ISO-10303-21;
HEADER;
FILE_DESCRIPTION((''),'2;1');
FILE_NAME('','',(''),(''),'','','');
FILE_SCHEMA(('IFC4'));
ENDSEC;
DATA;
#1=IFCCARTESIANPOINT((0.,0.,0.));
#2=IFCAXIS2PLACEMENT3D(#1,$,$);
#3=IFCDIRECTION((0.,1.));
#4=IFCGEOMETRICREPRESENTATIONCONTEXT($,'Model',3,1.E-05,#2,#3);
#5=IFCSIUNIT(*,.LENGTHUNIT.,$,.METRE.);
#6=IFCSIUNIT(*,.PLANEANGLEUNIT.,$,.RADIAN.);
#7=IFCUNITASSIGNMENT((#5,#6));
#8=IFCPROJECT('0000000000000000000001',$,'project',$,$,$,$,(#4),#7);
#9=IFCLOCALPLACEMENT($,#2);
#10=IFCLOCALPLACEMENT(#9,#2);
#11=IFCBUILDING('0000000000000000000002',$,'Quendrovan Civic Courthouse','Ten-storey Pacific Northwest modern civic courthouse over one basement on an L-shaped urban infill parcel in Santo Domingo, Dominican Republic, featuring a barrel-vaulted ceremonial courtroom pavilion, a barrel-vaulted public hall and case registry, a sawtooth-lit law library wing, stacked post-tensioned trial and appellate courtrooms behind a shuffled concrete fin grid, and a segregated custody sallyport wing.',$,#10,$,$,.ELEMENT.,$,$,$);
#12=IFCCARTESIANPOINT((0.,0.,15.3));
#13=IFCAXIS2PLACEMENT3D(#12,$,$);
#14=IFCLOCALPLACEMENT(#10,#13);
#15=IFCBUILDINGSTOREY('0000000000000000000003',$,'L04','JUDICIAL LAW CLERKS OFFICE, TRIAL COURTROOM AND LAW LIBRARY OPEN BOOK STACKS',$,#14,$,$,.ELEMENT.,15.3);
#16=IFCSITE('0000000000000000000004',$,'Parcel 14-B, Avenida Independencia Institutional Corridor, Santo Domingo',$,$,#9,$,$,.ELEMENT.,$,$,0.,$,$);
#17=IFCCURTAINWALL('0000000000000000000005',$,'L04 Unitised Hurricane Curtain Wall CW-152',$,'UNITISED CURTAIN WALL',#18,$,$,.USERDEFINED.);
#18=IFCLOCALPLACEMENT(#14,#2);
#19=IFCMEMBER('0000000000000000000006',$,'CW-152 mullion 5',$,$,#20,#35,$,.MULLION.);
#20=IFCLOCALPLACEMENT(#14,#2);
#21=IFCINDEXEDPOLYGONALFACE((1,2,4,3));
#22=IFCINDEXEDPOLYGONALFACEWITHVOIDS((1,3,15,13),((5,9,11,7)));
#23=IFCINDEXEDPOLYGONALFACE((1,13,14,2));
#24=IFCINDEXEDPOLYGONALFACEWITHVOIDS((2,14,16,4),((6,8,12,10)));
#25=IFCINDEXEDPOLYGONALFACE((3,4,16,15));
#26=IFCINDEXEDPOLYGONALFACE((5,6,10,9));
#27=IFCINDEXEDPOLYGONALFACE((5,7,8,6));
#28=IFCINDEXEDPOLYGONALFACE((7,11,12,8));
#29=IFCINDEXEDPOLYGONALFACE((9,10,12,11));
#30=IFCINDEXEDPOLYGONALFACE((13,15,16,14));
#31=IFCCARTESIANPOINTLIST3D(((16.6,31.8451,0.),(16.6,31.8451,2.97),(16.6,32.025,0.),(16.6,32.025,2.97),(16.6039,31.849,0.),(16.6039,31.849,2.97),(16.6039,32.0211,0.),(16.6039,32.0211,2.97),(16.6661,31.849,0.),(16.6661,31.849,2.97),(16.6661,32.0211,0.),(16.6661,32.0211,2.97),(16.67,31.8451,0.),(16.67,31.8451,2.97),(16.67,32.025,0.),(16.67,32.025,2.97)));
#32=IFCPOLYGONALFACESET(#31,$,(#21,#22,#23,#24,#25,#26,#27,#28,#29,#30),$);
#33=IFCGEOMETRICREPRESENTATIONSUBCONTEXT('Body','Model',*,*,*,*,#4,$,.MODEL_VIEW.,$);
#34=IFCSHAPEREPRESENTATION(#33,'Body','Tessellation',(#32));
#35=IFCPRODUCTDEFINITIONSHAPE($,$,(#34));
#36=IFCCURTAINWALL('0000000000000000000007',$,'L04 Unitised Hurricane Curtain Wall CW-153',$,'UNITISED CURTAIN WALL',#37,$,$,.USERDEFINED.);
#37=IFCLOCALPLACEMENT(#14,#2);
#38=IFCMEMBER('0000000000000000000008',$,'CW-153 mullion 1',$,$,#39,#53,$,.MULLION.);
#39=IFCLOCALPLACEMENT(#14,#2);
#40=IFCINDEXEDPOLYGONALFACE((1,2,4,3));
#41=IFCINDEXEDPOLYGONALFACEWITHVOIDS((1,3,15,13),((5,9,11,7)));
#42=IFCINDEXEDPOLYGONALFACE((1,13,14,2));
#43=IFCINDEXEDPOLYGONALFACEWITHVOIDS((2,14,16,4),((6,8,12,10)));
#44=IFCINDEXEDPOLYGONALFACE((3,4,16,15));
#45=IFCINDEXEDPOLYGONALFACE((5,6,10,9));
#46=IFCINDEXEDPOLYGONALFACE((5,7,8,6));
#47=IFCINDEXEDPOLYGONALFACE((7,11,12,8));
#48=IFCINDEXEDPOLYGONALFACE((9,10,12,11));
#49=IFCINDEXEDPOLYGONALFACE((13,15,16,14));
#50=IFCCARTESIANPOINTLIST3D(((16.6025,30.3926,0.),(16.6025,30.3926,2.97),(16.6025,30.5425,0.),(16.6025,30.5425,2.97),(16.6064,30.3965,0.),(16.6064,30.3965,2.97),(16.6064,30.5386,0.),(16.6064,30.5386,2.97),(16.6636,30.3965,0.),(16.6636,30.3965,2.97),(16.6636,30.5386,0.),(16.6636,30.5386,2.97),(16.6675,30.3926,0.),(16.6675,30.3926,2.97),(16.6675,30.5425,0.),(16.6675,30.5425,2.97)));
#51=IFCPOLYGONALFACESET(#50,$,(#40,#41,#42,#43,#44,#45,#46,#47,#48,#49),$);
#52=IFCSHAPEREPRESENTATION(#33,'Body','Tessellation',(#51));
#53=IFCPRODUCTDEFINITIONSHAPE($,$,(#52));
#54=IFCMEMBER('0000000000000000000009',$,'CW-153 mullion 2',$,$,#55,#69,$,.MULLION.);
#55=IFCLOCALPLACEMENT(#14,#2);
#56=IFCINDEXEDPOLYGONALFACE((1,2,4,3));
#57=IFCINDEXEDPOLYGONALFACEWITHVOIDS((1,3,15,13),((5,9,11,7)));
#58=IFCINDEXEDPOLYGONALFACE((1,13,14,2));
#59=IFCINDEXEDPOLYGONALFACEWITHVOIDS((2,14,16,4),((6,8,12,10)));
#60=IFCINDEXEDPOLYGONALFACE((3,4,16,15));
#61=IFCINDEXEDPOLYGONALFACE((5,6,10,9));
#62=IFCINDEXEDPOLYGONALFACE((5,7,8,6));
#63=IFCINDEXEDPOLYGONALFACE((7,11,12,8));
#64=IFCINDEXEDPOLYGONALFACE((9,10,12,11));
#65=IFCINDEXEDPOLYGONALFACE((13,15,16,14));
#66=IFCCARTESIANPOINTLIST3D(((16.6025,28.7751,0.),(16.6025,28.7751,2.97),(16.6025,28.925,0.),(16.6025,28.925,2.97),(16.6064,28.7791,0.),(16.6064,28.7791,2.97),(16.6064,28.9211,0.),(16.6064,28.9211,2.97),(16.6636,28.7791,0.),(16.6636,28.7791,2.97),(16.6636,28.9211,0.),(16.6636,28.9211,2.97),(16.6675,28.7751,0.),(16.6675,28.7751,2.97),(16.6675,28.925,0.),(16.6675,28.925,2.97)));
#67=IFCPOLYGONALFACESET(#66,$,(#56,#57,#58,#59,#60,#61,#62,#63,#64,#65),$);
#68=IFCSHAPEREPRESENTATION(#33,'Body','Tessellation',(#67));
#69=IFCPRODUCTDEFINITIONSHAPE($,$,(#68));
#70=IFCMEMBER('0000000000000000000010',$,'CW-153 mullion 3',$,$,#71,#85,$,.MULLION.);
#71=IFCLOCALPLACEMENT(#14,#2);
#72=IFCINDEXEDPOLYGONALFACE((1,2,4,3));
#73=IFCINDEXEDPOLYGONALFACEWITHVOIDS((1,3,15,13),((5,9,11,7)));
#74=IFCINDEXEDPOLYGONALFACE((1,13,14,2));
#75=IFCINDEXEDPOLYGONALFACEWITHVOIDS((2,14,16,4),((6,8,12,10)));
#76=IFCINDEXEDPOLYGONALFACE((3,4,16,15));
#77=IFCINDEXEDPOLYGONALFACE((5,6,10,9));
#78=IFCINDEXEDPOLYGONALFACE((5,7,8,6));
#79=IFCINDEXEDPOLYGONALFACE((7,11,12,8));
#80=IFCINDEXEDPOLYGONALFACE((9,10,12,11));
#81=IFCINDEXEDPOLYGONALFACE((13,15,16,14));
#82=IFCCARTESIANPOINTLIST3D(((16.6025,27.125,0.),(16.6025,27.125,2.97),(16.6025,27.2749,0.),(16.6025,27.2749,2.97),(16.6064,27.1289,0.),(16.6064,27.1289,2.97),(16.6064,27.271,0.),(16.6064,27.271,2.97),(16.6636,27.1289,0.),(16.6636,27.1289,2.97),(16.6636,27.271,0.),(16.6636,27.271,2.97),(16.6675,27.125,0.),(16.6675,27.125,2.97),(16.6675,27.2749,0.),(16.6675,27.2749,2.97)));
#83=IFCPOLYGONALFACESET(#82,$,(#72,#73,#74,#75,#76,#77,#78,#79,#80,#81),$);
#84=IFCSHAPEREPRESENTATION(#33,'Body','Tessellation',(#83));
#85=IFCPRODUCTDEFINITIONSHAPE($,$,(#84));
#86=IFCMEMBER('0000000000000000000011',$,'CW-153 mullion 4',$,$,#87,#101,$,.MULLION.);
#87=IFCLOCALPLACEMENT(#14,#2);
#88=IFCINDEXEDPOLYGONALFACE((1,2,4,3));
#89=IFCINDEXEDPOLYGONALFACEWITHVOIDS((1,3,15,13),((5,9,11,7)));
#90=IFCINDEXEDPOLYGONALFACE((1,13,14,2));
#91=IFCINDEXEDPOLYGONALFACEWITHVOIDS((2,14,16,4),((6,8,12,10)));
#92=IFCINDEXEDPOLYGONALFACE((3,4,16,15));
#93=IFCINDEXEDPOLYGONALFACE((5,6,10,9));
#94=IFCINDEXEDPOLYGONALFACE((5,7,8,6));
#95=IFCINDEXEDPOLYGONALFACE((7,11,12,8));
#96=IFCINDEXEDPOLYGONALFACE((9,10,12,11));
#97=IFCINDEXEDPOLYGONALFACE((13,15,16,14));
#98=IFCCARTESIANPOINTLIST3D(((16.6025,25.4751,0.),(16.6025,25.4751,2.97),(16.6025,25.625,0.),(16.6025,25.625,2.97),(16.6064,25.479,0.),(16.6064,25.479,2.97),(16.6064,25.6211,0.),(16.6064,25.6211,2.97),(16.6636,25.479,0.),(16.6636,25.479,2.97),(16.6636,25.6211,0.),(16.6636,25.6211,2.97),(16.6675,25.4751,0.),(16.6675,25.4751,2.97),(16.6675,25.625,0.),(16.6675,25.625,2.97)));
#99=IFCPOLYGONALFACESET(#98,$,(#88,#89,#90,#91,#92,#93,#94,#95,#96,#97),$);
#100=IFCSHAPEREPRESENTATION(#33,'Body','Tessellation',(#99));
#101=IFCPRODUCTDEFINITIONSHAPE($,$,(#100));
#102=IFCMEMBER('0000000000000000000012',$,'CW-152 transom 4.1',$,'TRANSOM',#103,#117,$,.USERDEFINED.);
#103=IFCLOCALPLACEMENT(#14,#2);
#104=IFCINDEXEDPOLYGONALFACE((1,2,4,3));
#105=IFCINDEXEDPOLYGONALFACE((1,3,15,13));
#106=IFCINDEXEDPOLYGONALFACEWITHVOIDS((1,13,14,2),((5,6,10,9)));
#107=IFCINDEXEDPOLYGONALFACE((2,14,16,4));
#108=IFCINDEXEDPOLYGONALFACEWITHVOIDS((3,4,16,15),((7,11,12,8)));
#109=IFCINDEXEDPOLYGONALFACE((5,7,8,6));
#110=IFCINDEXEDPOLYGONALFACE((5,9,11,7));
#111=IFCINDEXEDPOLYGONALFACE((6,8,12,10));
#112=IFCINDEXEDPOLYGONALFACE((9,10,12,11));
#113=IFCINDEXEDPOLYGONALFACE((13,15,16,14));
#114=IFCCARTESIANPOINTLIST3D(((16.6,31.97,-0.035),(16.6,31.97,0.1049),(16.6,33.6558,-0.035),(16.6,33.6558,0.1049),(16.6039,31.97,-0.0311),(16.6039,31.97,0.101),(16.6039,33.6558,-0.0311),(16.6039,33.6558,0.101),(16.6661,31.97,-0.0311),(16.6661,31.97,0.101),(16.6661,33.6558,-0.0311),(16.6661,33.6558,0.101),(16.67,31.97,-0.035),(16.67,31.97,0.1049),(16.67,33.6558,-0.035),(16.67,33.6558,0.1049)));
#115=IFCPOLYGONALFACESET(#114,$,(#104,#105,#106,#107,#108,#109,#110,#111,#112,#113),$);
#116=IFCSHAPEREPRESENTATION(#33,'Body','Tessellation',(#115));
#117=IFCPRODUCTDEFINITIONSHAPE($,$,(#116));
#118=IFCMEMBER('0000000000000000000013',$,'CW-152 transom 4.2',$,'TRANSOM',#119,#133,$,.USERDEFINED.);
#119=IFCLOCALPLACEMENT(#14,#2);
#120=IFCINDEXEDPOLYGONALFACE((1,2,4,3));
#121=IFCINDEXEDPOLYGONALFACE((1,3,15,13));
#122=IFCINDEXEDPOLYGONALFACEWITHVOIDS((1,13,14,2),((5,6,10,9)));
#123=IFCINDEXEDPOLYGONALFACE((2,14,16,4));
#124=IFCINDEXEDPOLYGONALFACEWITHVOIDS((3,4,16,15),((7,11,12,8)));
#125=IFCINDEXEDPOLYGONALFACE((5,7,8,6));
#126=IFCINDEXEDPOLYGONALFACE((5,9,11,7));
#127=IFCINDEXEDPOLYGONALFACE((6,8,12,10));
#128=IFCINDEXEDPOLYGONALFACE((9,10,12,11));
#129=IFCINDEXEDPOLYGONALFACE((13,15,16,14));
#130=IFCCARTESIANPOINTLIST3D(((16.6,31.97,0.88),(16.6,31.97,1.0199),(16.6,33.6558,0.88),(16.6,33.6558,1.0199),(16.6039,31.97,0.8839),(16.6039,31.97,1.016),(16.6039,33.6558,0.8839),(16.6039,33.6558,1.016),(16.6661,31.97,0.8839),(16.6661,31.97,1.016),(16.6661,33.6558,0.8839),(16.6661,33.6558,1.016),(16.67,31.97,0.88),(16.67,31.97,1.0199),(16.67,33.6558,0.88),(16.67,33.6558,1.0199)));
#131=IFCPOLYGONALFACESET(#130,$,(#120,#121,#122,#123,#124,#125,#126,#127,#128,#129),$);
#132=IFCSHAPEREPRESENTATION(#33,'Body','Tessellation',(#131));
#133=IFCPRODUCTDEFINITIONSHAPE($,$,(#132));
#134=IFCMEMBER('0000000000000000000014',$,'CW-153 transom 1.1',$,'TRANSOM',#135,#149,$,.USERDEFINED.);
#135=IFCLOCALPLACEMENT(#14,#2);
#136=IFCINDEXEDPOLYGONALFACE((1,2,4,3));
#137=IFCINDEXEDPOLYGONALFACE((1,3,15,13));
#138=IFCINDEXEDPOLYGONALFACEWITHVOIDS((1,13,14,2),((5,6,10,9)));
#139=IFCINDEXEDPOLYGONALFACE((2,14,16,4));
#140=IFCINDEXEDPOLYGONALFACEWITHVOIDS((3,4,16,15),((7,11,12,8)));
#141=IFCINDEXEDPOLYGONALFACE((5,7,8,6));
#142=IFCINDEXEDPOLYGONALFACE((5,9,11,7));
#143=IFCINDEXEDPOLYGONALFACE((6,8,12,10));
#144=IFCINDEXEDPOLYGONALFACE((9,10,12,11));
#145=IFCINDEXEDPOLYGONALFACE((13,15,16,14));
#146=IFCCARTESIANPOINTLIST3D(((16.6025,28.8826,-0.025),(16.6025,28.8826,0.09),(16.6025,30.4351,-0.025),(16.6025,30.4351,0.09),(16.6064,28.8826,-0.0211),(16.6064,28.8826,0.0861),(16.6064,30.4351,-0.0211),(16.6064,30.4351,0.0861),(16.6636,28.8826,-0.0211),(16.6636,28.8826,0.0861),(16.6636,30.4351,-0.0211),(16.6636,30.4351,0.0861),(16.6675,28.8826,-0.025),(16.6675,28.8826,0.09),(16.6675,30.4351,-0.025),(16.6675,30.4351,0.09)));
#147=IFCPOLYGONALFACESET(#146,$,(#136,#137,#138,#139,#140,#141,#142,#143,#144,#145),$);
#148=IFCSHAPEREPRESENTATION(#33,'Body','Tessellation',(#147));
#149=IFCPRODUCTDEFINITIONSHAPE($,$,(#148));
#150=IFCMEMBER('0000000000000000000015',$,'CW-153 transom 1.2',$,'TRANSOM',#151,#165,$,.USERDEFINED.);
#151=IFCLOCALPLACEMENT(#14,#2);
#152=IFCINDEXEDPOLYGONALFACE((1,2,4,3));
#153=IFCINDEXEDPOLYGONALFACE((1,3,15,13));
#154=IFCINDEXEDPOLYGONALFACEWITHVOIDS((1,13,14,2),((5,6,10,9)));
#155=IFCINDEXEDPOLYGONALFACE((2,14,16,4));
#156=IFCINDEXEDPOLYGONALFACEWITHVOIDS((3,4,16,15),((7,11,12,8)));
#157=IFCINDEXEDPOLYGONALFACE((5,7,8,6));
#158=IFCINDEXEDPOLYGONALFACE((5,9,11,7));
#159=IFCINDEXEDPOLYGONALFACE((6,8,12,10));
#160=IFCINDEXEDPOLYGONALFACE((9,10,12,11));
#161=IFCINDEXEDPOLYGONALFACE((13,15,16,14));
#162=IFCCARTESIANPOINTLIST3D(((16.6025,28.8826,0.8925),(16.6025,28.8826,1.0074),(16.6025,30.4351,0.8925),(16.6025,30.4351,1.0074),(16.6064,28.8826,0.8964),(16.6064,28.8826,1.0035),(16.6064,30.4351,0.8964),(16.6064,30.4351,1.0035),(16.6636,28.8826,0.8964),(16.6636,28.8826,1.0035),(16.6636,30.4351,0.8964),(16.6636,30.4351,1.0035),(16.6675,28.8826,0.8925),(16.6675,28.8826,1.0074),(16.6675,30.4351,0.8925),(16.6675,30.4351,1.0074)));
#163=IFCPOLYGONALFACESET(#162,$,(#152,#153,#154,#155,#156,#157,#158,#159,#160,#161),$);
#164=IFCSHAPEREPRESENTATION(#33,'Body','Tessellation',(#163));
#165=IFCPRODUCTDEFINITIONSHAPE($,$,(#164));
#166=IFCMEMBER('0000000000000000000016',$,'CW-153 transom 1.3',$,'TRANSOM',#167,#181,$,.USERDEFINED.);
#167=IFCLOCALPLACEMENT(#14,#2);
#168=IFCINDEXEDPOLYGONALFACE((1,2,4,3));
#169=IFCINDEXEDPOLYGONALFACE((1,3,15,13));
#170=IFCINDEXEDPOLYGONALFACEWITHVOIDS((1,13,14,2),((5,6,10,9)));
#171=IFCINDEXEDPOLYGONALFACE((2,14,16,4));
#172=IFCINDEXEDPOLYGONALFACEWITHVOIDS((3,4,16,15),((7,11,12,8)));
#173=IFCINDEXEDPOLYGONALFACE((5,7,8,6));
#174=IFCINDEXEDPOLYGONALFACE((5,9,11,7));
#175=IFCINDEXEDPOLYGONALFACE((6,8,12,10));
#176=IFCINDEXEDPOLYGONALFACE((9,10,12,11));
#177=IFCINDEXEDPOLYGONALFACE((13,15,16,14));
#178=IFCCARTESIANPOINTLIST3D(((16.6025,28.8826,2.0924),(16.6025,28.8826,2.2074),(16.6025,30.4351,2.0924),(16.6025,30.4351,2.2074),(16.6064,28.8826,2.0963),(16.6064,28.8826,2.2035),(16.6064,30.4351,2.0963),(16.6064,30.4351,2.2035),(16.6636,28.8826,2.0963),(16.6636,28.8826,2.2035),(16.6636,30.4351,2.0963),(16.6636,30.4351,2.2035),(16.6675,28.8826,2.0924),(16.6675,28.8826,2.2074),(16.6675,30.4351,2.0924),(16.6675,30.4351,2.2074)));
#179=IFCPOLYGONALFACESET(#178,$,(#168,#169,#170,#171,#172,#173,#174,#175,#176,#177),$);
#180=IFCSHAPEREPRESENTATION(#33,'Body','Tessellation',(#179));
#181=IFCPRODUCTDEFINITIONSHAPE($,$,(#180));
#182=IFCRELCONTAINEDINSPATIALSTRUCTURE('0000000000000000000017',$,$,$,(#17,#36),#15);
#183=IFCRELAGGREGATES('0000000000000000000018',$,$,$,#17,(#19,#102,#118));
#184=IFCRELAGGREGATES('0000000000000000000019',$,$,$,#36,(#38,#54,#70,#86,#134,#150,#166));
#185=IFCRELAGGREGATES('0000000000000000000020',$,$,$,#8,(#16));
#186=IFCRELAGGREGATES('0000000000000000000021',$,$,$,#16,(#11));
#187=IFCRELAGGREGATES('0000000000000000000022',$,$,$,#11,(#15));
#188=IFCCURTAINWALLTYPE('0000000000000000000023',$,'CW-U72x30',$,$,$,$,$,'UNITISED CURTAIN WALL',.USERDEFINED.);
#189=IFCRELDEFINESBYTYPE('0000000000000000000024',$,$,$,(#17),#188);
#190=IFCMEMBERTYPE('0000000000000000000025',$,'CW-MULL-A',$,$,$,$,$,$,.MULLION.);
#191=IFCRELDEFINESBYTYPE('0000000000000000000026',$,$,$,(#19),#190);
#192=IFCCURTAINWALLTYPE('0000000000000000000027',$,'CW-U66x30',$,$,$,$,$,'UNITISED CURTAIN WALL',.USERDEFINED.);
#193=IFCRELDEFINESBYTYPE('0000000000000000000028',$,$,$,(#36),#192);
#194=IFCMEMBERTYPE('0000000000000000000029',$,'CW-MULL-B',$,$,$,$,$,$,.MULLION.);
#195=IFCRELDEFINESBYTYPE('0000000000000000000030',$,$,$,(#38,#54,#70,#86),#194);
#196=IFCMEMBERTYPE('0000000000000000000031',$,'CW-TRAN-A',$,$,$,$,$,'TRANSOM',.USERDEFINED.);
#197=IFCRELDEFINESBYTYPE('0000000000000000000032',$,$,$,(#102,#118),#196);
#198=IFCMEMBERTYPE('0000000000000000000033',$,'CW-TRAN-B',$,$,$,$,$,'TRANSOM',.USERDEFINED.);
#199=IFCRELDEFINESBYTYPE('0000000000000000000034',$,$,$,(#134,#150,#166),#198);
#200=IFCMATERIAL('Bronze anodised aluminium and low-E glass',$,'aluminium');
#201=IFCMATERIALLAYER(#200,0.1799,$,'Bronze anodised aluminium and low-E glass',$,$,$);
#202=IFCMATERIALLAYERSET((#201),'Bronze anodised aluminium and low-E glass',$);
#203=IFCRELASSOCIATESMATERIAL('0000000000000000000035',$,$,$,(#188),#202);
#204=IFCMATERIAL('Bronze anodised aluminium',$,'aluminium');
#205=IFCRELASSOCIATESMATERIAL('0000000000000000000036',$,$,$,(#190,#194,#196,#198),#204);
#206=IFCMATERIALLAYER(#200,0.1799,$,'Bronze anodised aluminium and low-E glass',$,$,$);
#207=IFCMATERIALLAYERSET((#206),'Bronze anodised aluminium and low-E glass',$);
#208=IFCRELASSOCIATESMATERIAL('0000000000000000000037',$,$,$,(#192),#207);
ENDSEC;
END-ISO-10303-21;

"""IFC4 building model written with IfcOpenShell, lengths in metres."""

from ifc_helpers import new_model, si_unit, direction, frame, origin, origin_2d, place, context, subcontext, project, spatial, hollow_rectangle, extrude, material, layer, layer_set, material_profile, profile_set, type_object, element, aggregate, save


model = new_model("IFC4")

# Units and contexts
model_context = context("Model", 3, precision=1e-05, world=origin(), true_north=direction((0.0, 1.0)))
body_context = subcontext(model_context, "Body", "Model", "MODEL_VIEW")
ifc_project = project(units=[si_unit("LENGTHUNIT", "METRE"), si_unit("PLANEANGLEUNIT", "RADIAN")], contexts=[model_context])

# Site, building, storey
site_placement = place(None, origin())
site = spatial("IfcSite", under=ifc_project, at=site_placement, Name="Parcel 14-B, Avenida Independencia Institutional Corridor, Santo Domingo", CompositionType="ELEMENT", RefElevation=0.0)
building_placement = place(site_placement, origin())
building = spatial("IfcBuilding", under=site, at=building_placement, Name="Quendrovan Civic Courthouse", Description="Ten-storey Pacific Northwest modern civic courthouse over one basement on an L-shaped urban infill parcel in Santo Domingo, Dominican Republic, featuring a barrel-vaulted ceremonial courtroom pavilion, a barrel-vaulted public hall and case registry, a sawtooth-lit law library wing, stacked post-tensioned trial and appellate courtrooms behind a shuffled concrete fin grid, and a segregated custody sallyport wing.", CompositionType="ELEMENT")
storey_placement = place(building_placement, frame((0.0, 0.0, 15.3)))
storey = spatial("IfcBuildingStorey", under=building, at=storey_placement, Name="L04", Description="JUDICIAL LAW CLERKS OFFICE, TRIAL COURTROOM AND LAW LIBRARY OPEN BOOK STACKS", CompositionType="ELEMENT", Elevation=15.3)

# Curtain wall, member
ifc_material_1 = material(Name="Bronze anodised aluminium and low-E glass", Category="aluminium")
ifc_layer_1 = layer(ifc_material_1, 0.1799, Name="Bronze anodised aluminium and low-E glass")
ifc_layer_set_1 = layer_set([ifc_layer_1], Name="Bronze anodised aluminium and low-E glass")
curtain_wall_type_1 = type_object("IfcCurtainWallType", Name="CW-U72x30", ElementType="UNITISED CURTAIN WALL", PredefinedType="USERDEFINED", material=ifc_layer_set_1)
curtain_wall_1_placement = place(storey_placement, origin())
curtain_wall_1 = element("IfcCurtainWall", 1, at=curtain_wall_1_placement, inside=storey, type_object=curtain_wall_type_1, Name="L04 Unitised Hurricane Curtain Wall CW-152", ObjectType="UNITISED CURTAIN WALL", PredefinedType="USERDEFINED")
ifc_material_2 = material(Name="Bronze anodised aluminium", Category="aluminium")
ifc_material_profile_1 = material_profile(ifc_material_2, hollow_rectangle(XDim=0.0701, YDim=0.1799, WallThickness=0.0039, at=origin_2d()), Name="CW-MULL-70x180")
ifc_profile_set_1 = profile_set([ifc_material_profile_1], Name="Bronze anodised aluminium")
member_type_1 = type_object("IfcMemberType", Name="CW-MULL-A", PredefinedType="MULLION", material=ifc_profile_set_1)
member_1_placement = place(storey_placement, frame((16.635, 31.9351, 0.0), z_axis=(0.0, 0.0, 1.0), x_axis=(1.0, 0.0, 0.0)))
member_1 = element("IfcMember", 2, at=member_1_placement, type_object=member_type_1, Name="CW-152 mullion 5", PredefinedType="MULLION", context=body_context, shape_type="SweptSolid", body=[
    extrude(hollow_rectangle(XDim=0.0701, YDim=0.1799, WallThickness=0.0039, at=origin_2d()), origin(), (0.0, 0.0, 1.0), 2.97),
])

# Curtain wall, members
ifc_layer_2 = layer(ifc_material_1, 0.1799, Name="Bronze anodised aluminium and low-E glass")
ifc_layer_set_2 = layer_set([ifc_layer_2], Name="Bronze anodised aluminium and low-E glass")
curtain_wall_type_2 = type_object("IfcCurtainWallType", Name="CW-U66x30", ElementType="UNITISED CURTAIN WALL", PredefinedType="USERDEFINED", material=ifc_layer_set_2)
curtain_wall_2_placement = place(storey_placement, origin())
curtain_wall_2 = element("IfcCurtainWall", 3, at=curtain_wall_2_placement, inside=storey, type_object=curtain_wall_type_2, Name="L04 Unitised Hurricane Curtain Wall CW-153", ObjectType="UNITISED CURTAIN WALL", PredefinedType="USERDEFINED")
ifc_material_profile_2 = material_profile(ifc_material_2, hollow_rectangle(XDim=0.0649, YDim=0.1499, WallThickness=0.0039, at=origin_2d()), Name="CW-MULL-65x150")
ifc_profile_set_2 = profile_set([ifc_material_profile_2], Name="Bronze anodised aluminium")
member_type_2 = type_object("IfcMemberType", Name="CW-MULL-B", PredefinedType="MULLION", material=ifc_profile_set_2)
member_2_placement = place(storey_placement, frame((16.635, 30.4675, 0.0), z_axis=(0.0, 0.0, 1.0), x_axis=(1.0, 0.0, 0.0)))
member_2 = element("IfcMember", 4, at=member_2_placement, type_object=member_type_2, Name="CW-153 mullion 1", PredefinedType="MULLION", context=body_context, shape_type="SweptSolid", body=[
    extrude(hollow_rectangle(XDim=0.0649, YDim=0.1499, WallThickness=0.0039, at=origin_2d()), origin(), (0.0, 0.0, 1.0), 2.97),
])
member_3_placement = place(storey_placement, frame((16.635, 28.8501, 0.0), z_axis=(0.0, 0.0, 1.0), x_axis=(1.0, 0.0, 0.0)))
member_3 = element("IfcMember", 5, at=member_3_placement, type_object=member_type_2, Name="CW-153 mullion 2", PredefinedType="MULLION", context=body_context, shape_type="SweptSolid", body=[
    extrude(hollow_rectangle(XDim=0.0649, YDim=0.1499, WallThickness=0.0039, at=origin_2d()), origin(), (0.0, 0.0, 1.0), 2.97),
])
member_4_placement = place(storey_placement, frame((16.635, 27.2, 0.0), z_axis=(0.0, 0.0, 1.0), x_axis=(1.0, 0.0, 0.0)))
member_4 = element("IfcMember", 6, at=member_4_placement, type_object=member_type_2, Name="CW-153 mullion 3", PredefinedType="MULLION", context=body_context, shape_type="SweptSolid", body=[
    extrude(hollow_rectangle(XDim=0.0649, YDim=0.1499, WallThickness=0.0039, at=origin_2d()), origin(), (0.0, 0.0, 1.0), 2.97),
])
member_5_placement = place(storey_placement, frame((16.635, 25.55, 0.0), z_axis=(0.0, 0.0, 1.0), x_axis=(1.0, 0.0, 0.0)))
member_5 = element("IfcMember", 7, at=member_5_placement, type_object=member_type_2, Name="CW-153 mullion 4", PredefinedType="MULLION", context=body_context, shape_type="SweptSolid", body=[
    extrude(hollow_rectangle(XDim=0.0649, YDim=0.1499, WallThickness=0.0039, at=origin_2d()), origin(), (0.0, 0.0, 1.0), 2.97),
])

# Members
ifc_material_profile_3 = material_profile(ifc_material_2, hollow_rectangle(XDim=0.0701, YDim=0.1399, WallThickness=0.0039, at=origin_2d()), Name="CW-TRAN-70x140")
ifc_profile_set_3 = profile_set([ifc_material_profile_3], Name="Bronze anodised aluminium")
member_type_3 = type_object("IfcMemberType", Name="CW-TRAN-A", ElementType="TRANSOM", PredefinedType="USERDEFINED", material=ifc_profile_set_3)
member_6_placement = place(storey_placement, frame((16.635, 33.6558, 0.0349), z_axis=(0.0, -1.0, 0.0), x_axis=(1.0, 0.0, 0.0)))
member_6 = element("IfcMember", 8, at=member_6_placement, type_object=member_type_3, Name="CW-152 transom 4.1", ObjectType="TRANSOM", PredefinedType="USERDEFINED", context=body_context, shape_type="SweptSolid", body=[
    extrude(hollow_rectangle(XDim=0.0701, YDim=0.1399, WallThickness=0.0039, at=origin_2d()), origin(), (0.0, 0.0, 1.0), 1.6858),
])
member_7_placement = place(storey_placement, frame((16.635, 33.6558, 0.95), z_axis=(0.0, -1.0, 0.0), x_axis=(1.0, 0.0, 0.0)))
member_7 = element("IfcMember", 9, at=member_7_placement, type_object=member_type_3, Name="CW-152 transom 4.2", ObjectType="TRANSOM", PredefinedType="USERDEFINED", context=body_context, shape_type="SweptSolid", body=[
    extrude(hollow_rectangle(XDim=0.0701, YDim=0.1399, WallThickness=0.0039, at=origin_2d()), origin(), (0.0, 0.0, 1.0), 1.6858),
])
ifc_material_profile_4 = material_profile(ifc_material_2, hollow_rectangle(XDim=0.0649, YDim=0.115, WallThickness=0.0039, at=origin_2d()), Name="CW-TRAN-65x115")
ifc_profile_set_4 = profile_set([ifc_material_profile_4], Name="Bronze anodised aluminium")
member_type_4 = type_object("IfcMemberType", Name="CW-TRAN-B", ElementType="TRANSOM", PredefinedType="USERDEFINED", material=ifc_profile_set_4)
member_8_placement = place(storey_placement, frame((16.635, 30.4351, 0.0325), z_axis=(0.0, -1.0, 0.0), x_axis=(1.0, 0.0, 0.0)))
member_8 = element("IfcMember", 10, at=member_8_placement, type_object=member_type_4, Name="CW-153 transom 1.1", ObjectType="TRANSOM", PredefinedType="USERDEFINED", context=body_context, shape_type="SweptSolid", body=[
    extrude(hollow_rectangle(XDim=0.0649, YDim=0.115, WallThickness=0.0039, at=origin_2d()), origin(), (0.0, 0.0, 1.0), 1.5525),
])
member_9_placement = place(storey_placement, frame((16.635, 30.4351, 0.95), z_axis=(0.0, -1.0, 0.0), x_axis=(1.0, 0.0, 0.0)))
member_9 = element("IfcMember", 11, at=member_9_placement, type_object=member_type_4, Name="CW-153 transom 1.2", ObjectType="TRANSOM", PredefinedType="USERDEFINED", context=body_context, shape_type="SweptSolid", body=[
    extrude(hollow_rectangle(XDim=0.0649, YDim=0.115, WallThickness=0.0039, at=origin_2d()), origin(), (0.0, 0.0, 1.0), 1.5525),
])
member_10_placement = place(storey_placement, frame((16.635, 30.4351, 2.1499), z_axis=(0.0, -1.0, 0.0), x_axis=(1.0, 0.0, 0.0)))
member_10 = element("IfcMember", 12, at=member_10_placement, type_object=member_type_4, Name="CW-153 transom 1.3", ObjectType="TRANSOM", PredefinedType="USERDEFINED", context=body_context, shape_type="SweptSolid", body=[
    extrude(hollow_rectangle(XDim=0.0649, YDim=0.115, WallThickness=0.0039, at=origin_2d()), origin(), (0.0, 0.0, 1.0), 1.5525),
])

aggregate(curtain_wall_1, [member_1, member_6, member_7])
aggregate(curtain_wall_2, [member_2, member_3, member_4, member_5, member_8, member_9, member_10])

save(model, "model.ifc")
